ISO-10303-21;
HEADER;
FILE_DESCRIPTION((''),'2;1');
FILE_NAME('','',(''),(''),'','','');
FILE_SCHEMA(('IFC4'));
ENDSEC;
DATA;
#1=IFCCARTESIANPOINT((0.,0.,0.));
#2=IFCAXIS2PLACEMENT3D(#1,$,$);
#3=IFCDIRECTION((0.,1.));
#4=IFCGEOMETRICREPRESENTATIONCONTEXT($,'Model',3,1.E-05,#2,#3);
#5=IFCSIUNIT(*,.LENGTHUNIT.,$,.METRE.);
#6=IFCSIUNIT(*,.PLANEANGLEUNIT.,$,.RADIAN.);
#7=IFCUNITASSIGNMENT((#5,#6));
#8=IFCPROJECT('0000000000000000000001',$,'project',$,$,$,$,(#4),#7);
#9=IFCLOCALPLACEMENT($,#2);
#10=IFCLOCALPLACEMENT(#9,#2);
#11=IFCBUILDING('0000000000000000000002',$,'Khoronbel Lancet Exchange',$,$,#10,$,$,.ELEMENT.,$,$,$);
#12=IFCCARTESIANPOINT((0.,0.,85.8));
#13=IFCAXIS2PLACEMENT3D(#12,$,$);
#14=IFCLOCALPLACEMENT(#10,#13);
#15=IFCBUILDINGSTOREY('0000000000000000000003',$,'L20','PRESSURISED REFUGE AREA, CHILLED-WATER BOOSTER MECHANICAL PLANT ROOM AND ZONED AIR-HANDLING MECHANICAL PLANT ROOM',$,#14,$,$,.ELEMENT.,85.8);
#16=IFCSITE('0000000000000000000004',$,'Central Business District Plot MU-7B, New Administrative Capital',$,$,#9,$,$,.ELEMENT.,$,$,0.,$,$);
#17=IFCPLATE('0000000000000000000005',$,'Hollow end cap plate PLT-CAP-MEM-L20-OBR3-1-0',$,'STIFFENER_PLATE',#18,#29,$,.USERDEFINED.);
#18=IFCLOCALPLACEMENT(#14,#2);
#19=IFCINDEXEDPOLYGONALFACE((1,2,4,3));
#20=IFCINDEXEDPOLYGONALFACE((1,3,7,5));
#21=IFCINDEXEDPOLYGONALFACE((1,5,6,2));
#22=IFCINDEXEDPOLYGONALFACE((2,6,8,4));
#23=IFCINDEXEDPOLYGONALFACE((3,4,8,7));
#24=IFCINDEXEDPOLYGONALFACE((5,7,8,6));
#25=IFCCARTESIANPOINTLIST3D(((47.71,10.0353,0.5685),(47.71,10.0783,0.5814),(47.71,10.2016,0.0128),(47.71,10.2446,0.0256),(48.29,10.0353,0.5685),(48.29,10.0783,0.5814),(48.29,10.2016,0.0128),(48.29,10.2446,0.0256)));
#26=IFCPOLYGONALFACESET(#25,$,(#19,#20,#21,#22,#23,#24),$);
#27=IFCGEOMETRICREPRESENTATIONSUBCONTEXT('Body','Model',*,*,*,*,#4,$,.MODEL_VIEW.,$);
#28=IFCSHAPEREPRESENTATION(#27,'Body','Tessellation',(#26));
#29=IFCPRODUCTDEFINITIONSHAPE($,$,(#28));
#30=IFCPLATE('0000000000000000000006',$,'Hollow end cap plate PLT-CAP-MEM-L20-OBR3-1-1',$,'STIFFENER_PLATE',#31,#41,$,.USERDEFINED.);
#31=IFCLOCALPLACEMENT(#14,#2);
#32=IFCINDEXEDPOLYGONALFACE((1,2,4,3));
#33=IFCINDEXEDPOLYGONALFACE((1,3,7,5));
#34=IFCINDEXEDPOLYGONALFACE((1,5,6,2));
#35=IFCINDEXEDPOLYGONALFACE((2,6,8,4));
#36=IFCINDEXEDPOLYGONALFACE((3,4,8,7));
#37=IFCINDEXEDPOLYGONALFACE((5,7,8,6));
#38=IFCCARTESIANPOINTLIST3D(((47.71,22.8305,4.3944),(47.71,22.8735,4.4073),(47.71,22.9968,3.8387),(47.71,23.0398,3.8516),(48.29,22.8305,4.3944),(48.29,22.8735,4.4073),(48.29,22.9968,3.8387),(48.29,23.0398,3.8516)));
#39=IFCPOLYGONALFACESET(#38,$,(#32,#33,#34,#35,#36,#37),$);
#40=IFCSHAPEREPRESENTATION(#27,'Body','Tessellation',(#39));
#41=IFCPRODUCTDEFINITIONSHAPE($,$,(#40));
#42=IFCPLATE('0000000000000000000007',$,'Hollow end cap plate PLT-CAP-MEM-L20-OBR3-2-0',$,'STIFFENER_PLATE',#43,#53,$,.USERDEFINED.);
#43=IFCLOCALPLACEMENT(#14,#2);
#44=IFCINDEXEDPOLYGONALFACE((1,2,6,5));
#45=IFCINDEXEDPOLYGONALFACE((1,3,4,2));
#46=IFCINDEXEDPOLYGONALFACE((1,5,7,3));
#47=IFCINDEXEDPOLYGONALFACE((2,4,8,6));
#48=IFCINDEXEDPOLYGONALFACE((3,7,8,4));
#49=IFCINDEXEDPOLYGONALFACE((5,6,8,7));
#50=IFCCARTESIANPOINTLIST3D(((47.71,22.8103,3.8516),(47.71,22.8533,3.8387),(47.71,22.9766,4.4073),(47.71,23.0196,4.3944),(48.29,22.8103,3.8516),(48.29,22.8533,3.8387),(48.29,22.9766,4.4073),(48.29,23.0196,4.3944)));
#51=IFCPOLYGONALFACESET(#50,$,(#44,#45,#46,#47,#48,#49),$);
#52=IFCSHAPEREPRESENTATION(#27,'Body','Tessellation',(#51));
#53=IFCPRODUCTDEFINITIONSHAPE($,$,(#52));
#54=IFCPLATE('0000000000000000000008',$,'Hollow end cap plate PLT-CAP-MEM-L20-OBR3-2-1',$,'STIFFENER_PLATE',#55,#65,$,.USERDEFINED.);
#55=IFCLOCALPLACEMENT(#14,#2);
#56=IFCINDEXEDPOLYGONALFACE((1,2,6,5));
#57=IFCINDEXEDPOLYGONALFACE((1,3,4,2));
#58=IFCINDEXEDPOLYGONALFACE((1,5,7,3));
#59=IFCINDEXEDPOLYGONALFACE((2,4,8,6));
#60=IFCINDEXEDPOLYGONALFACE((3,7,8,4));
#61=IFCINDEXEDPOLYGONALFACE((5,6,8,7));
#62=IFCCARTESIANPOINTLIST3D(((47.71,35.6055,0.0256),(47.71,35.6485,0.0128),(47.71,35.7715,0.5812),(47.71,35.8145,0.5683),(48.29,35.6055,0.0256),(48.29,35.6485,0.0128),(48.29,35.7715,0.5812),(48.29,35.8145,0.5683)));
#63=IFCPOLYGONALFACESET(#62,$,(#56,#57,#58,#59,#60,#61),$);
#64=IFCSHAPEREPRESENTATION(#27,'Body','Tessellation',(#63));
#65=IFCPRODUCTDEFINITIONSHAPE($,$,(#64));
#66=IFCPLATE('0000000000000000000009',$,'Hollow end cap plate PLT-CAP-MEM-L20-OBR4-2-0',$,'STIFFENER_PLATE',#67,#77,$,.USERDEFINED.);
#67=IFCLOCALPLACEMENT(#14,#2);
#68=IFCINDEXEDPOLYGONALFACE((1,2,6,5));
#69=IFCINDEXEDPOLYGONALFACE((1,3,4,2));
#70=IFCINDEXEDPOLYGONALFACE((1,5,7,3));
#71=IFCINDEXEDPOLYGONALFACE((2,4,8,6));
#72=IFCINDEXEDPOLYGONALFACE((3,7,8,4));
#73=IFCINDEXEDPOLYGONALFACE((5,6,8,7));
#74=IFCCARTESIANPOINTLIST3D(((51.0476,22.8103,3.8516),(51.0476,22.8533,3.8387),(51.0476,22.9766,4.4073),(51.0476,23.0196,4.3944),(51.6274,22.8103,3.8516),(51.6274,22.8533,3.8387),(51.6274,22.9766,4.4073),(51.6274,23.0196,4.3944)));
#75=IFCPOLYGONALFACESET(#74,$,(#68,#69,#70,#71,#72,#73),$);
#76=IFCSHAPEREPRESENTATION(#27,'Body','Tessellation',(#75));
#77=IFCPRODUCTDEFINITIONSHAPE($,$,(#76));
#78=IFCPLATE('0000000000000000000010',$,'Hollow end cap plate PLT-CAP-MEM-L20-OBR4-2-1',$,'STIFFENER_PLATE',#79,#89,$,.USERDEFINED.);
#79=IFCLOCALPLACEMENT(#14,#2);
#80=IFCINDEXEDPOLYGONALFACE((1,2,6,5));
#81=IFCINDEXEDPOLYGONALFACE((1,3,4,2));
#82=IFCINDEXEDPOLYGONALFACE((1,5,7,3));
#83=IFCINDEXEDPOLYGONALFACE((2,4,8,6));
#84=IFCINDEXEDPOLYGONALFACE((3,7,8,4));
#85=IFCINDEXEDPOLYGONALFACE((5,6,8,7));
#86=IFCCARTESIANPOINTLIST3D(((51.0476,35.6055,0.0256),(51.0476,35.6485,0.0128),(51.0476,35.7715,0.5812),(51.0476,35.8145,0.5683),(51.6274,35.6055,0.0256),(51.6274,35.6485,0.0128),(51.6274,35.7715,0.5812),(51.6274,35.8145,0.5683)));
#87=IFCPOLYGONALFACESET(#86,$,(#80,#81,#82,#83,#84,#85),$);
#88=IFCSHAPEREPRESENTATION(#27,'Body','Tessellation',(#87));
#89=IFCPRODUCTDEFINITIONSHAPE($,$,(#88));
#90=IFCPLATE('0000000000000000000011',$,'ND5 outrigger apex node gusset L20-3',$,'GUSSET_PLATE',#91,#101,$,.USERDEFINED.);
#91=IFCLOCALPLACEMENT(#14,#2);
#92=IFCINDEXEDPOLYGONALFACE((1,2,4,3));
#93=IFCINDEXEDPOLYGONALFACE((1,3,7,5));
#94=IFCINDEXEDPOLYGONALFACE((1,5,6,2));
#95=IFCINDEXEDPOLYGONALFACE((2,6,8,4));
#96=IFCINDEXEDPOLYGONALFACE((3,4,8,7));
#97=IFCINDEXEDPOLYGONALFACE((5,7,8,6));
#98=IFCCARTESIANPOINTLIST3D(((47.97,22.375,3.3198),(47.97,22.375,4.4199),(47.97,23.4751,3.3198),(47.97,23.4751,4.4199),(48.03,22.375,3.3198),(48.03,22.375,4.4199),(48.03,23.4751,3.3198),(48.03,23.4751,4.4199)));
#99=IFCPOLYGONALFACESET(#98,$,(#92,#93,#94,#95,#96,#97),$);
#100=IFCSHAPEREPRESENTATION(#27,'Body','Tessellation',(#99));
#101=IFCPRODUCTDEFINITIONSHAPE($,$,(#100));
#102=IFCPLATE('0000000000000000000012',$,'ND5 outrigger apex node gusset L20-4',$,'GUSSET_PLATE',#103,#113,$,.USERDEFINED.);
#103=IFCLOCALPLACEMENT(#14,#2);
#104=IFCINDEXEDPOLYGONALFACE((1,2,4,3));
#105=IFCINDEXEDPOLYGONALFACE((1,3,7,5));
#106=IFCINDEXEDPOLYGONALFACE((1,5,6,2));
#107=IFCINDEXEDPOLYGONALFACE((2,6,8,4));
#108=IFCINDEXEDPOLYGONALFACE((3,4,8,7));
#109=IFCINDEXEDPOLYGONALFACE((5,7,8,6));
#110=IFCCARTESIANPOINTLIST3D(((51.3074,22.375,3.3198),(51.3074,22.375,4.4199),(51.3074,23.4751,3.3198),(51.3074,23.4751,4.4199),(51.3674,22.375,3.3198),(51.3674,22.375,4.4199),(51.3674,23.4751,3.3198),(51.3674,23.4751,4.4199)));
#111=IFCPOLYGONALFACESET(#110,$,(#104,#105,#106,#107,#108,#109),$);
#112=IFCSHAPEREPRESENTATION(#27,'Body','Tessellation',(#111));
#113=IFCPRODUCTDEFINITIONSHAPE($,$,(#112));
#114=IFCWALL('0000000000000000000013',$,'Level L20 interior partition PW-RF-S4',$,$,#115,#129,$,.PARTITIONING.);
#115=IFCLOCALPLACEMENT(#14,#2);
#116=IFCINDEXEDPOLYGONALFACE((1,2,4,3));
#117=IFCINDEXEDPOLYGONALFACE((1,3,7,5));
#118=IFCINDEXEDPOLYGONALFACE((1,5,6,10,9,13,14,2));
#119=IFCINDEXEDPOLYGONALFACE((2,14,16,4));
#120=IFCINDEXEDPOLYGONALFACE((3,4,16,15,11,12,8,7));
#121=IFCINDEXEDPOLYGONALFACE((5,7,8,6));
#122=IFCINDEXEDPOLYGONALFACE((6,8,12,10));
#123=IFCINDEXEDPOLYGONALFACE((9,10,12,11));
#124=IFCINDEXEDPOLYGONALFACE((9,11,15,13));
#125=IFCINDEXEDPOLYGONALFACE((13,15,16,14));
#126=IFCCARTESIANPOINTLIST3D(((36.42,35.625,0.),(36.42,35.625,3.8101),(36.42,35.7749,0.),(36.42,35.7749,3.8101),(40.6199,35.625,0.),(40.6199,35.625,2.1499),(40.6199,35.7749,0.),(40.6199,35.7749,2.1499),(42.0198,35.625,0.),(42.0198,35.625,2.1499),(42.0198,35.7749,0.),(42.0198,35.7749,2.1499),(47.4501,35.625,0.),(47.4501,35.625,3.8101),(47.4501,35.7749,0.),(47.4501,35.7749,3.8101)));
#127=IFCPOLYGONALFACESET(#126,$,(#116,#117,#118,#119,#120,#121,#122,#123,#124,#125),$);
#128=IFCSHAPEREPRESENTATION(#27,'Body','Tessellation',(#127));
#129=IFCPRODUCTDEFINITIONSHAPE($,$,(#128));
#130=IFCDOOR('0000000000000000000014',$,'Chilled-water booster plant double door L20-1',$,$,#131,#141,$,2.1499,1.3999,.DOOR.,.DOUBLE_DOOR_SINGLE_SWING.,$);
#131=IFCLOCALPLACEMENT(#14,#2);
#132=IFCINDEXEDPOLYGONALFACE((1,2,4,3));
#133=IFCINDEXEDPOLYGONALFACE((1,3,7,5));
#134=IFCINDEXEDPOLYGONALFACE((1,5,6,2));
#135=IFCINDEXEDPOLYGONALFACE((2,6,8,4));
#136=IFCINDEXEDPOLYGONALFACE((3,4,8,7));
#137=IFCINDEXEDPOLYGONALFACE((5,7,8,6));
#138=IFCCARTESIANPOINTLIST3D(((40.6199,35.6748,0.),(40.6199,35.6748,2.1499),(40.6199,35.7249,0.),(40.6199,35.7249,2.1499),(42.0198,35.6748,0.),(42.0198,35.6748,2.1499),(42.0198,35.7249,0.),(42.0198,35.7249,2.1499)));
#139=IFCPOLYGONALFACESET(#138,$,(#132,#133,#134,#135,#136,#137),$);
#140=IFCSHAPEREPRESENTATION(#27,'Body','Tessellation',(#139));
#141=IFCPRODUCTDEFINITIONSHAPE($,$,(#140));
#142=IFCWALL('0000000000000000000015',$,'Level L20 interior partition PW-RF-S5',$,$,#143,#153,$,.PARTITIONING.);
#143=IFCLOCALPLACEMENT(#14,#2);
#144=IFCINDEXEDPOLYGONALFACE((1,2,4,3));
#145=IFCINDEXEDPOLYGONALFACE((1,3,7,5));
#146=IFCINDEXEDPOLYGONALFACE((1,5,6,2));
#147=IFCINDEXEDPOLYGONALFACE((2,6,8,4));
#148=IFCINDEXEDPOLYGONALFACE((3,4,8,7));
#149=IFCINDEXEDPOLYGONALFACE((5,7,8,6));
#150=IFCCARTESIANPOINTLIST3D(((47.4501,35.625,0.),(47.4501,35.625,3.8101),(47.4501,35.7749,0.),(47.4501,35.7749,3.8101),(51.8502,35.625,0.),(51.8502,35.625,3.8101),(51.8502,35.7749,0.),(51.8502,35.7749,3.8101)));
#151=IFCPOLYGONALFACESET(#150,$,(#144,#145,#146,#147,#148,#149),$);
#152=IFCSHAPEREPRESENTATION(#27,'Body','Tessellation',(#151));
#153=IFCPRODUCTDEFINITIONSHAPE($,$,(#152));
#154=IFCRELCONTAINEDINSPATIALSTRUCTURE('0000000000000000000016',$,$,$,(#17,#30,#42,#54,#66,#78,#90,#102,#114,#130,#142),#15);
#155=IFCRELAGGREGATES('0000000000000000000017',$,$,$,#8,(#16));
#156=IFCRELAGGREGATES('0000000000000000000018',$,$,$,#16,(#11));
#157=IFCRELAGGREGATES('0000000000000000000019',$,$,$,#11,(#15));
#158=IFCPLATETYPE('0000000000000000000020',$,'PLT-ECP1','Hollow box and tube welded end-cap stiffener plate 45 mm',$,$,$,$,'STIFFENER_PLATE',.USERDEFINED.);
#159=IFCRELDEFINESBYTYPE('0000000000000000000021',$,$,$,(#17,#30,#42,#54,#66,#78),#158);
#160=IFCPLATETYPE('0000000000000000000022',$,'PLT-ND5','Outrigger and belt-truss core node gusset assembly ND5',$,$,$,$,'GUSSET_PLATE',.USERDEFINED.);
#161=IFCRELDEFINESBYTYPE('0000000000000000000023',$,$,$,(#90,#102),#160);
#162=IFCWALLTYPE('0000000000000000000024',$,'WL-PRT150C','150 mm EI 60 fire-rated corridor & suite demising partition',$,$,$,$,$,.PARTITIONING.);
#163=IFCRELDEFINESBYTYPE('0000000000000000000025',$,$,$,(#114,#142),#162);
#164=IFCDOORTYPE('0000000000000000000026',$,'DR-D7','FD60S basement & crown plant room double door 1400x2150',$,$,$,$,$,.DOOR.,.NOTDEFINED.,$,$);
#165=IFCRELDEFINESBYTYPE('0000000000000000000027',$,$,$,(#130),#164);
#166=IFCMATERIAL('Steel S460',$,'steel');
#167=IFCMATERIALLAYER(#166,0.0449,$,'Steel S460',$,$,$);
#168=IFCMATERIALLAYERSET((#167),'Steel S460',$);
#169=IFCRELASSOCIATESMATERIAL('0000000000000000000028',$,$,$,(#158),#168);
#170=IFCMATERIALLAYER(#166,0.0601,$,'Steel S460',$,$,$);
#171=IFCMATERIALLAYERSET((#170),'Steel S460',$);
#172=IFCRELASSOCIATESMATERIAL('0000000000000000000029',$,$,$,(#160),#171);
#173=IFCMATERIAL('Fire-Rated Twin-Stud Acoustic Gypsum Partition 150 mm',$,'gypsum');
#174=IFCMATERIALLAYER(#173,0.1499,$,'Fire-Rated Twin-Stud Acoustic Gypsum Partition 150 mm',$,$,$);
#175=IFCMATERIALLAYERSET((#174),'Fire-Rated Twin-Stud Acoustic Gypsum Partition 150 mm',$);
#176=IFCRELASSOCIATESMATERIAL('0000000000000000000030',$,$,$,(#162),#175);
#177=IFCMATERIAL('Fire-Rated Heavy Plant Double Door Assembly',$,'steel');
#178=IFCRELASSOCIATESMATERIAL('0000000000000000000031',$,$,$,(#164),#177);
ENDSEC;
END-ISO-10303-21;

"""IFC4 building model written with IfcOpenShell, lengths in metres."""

from ifc_helpers import new_model, si_unit, direction, frame, frame_2d, origin, origin_2d, place, context, subcontext, project, spatial, polyline, rectangle, outline, extrude, material, layer, layer_set, type_object, element, fill, save


model = new_model("IFC4")

# Units and contexts
model_context = context("Model", 3, precision=1e-05, world=origin(), true_north=direction((0.0, 1.0)))
body_context = subcontext(model_context, "Body", "Model", "MODEL_VIEW")
ifc_project = project(units=[si_unit("LENGTHUNIT", "METRE"), si_unit("PLANEANGLEUNIT", "RADIAN")], contexts=[model_context])

# Site, building, storey
site_placement = place(None, origin())
site = spatial("IfcSite", under=ifc_project, at=site_placement, Name="Central Business District Plot MU-7B, New Administrative Capital", CompositionType="ELEMENT", RefElevation=0.0)
building_placement = place(site_placement, origin())
building = spatial("IfcBuilding", under=site, at=building_placement, Name="Khoronbel Lancet Exchange", CompositionType="ELEMENT")
storey_placement = place(building_placement, frame((0.0, 0.0, 85.8)))
storey = spatial("IfcBuildingStorey", under=building, at=storey_placement, Name="L20", Description="PRESSURISED REFUGE AREA, CHILLED-WATER BOOSTER MECHANICAL PLANT ROOM AND ZONED AIR-HANDLING MECHANICAL PLANT ROOM", CompositionType="ELEMENT", Elevation=85.8)

# Shared definitions
ifc_material_1 = material(Name="Steel S460", Category="steel")

# Plates
ifc_layer_1 = layer(ifc_material_1, 0.0449, Name="Steel S460")
ifc_layer_set_1 = layer_set([ifc_layer_1], Name="Steel S460")
plate_type_1 = type_object("IfcPlateType", Name="PLT-ECP1", Description="Hollow box and tube welded end-cap stiffener plate 45 mm", ElementType="STIFFENER_PLATE", PredefinedType="USERDEFINED", material=ifc_layer_set_1)
for number, where, z_axis, x_axis, name in (
    (1, (48.29, 10.2446, 0.0256), (0.0, 0.958035, 0.286653), (-1.0, 0.0, 0.0), "Hollow end cap plate PLT-CAP-MEM-L20-OBR3-1-0"),
    (2, (48.29, 23.0398, 3.8516), (0.0, 0.958035, 0.286653), (-1.0, 0.0, 0.0), "Hollow end cap plate PLT-CAP-MEM-L20-OBR3-1-1"),
    (3, (47.71, 22.8103, 3.8516), (0.0, -0.958035, 0.286653), (1.0, 0.0, 0.0), "Hollow end cap plate PLT-CAP-MEM-L20-OBR3-2-0"),
):
    element("IfcPlate", number, at=place(storey_placement, frame(where, z_axis=z_axis, x_axis=x_axis)), inside=storey, type_object=plate_type_1, Name=name, ObjectType="STIFFENER_PLATE", PredefinedType="USERDEFINED", context=body_context, shape_type="SweptSolid", body=[
        extrude(outline(polyline([(0.0, 0.0), (0.5801, 0.0), (0.5801, 0.5801), (0.0, 0.5801), (0.0, 0.0)])), origin(), (0.0, 0.0, -1.0), 0.0449),
    ])
plate_1_placement = place(storey_placement, frame((47.71, 35.6055, 0.0256), z_axis=(0.0, -0.95815, 0.286266), x_axis=(1.0, 0.0, 0.0)))
element("IfcPlate", 4, at=plate_1_placement, inside=storey, type_object=plate_type_1, Name="Hollow end cap plate PLT-CAP-MEM-L20-OBR3-2-1", ObjectType="STIFFENER_PLATE", PredefinedType="USERDEFINED", context=body_context, shape_type="SweptSolid", body=[
    extrude(outline(polyline([(0.0, 0.0), (0.5801, 0.0), (0.5801, 0.5798), (0.0, 0.5798), (0.0, 0.0)])), origin(), (0.0, 0.0, -1.0), 0.0449),
])
plate_2_placement = place(storey_placement, frame((51.0476, 22.8103, 3.8516), z_axis=(0.0, -0.958035, 0.286653), x_axis=(1.0, 0.0, 0.0)))
element("IfcPlate", 5, at=plate_2_placement, inside=storey, type_object=plate_type_1, Name="Hollow end cap plate PLT-CAP-MEM-L20-OBR4-2-0", ObjectType="STIFFENER_PLATE", PredefinedType="USERDEFINED", context=body_context, shape_type="SweptSolid", body=[
    extrude(outline(polyline([(0.0, 0.0), (0.5798, 0.0), (0.5798, 0.5801), (0.0, 0.5801), (0.0, 0.0)])), origin(), (0.0, 0.0, -1.0), 0.0449),
])
plate_3_placement = place(storey_placement, frame((51.0476, 35.6055, 0.0256), z_axis=(0.0, -0.95815, 0.286266), x_axis=(1.0, 0.0, 0.0)))
element("IfcPlate", 6, at=plate_3_placement, inside=storey, type_object=plate_type_1, Name="Hollow end cap plate PLT-CAP-MEM-L20-OBR4-2-1", ObjectType="STIFFENER_PLATE", PredefinedType="USERDEFINED", context=body_context, shape_type="SweptSolid", body=[
    extrude(outline(polyline([(0.0, 0.0), (0.5798, 0.0), (0.5798, 0.5798), (0.0, 0.5798), (0.0, 0.0)])), origin(), (0.0, 0.0, -1.0), 0.0449),
])
ifc_layer_2 = layer(ifc_material_1, 0.0601, Name="Steel S460")
ifc_layer_set_2 = layer_set([ifc_layer_2], Name="Steel S460")
plate_type_2 = type_object("IfcPlateType", Name="PLT-ND5", Description="Outrigger and belt-truss core node gusset assembly ND5", ElementType="GUSSET_PLATE", PredefinedType="USERDEFINED", material=ifc_layer_set_2)
for number, where, z_axis, x_axis, name in (
    (7, (48.0, 22.925, 3.3198), (0.0, 0.0, 1.0), (1.0, 0.0, 0.0), "ND5 outrigger apex node gusset L20-3"),
    (8, (51.3374, 22.925, 3.3198), (0.0, 0.0, 1.0), (1.0, 0.0, 0.0), "ND5 outrigger apex node gusset L20-4"),
):
    element("IfcPlate", number, at=place(storey_placement, frame(where, z_axis=z_axis, x_axis=x_axis)), inside=storey, type_object=plate_type_2, Name=name, ObjectType="GUSSET_PLATE", PredefinedType="USERDEFINED", context=body_context, shape_type="SweptSolid", body=[
        extrude(rectangle(XDim=0.0601, YDim=1.1001, at=origin_2d()), origin(), (0.0, 0.0, 1.0), 1.1001),
    ])

# Wall, opening, door
ifc_material_2 = material(Name="Fire-Rated Twin-Stud Acoustic Gypsum Partition 150 mm", Category="gypsum")
ifc_layer_3 = layer(ifc_material_2, 0.1499, Name="Fire-Rated Twin-Stud Acoustic Gypsum Partition 150 mm")
ifc_layer_set_3 = layer_set([ifc_layer_3], Name="Fire-Rated Twin-Stud Acoustic Gypsum Partition 150 mm")
wall_type = type_object("IfcWallType", Name="WL-PRT150C", Description="150 mm EI 60 fire-rated corridor & suite demising partition", PredefinedType="PARTITIONING", material=ifc_layer_set_3)
wall_1_placement = place(storey_placement, frame((36.4199, 35.7, 0.0), z_axis=(0.0, 0.0, 1.0), x_axis=(1.0, 0.0, 0.0)))
wall_1 = element("IfcWall", 9, at=wall_1_placement, inside=storey, type_object=wall_type, Name="Level L20 interior partition PW-RF-S4", PredefinedType="PARTITIONING", context=body_context, shape_type="SweptSolid", body=[
    extrude(rectangle(XDim=11.03, YDim=0.1499, at=frame_2d((5.5151, 0.0))), origin(), (0.0, 0.0, 1.0), 3.8101),
])
opening_placement = place(wall_1_placement, frame((4.2, 0.0, 0.0)))
opening = element("IfcOpeningElement", 10, at=opening_placement, cuts=wall_1, PredefinedType="OPENING", context=body_context, shape_type="SweptSolid", body=[
    extrude(rectangle(XDim=1.3999, YDim=2.1499, at=frame_2d((0.7, 1.075))), frame((0.0, 0.085, 0.0), z_axis=(0.0, -1.0, 0.0), x_axis=(1.0, 0.0, 0.0)), (0.0, 0.0, 1.0), 0.1699),
])
ifc_material_3 = material(Name="Fire-Rated Heavy Plant Double Door Assembly", Category="steel")
door_type = type_object("IfcDoorType", Name="DR-D7", Description="FD60S basement & crown plant room double door 1400x2150", OperationType="NOTDEFINED", PredefinedType="DOOR", material=ifc_material_3)
door_placement = place(opening_placement, origin())
door = element("IfcDoor", 11, at=door_placement, inside=storey, type_object=door_type, Name="Chilled-water booster plant double door L20-1", OperationType="DOUBLE_DOOR_SINGLE_SWING", OverallHeight=2.1499, OverallWidth=1.3999, PredefinedType="DOOR", context=body_context, shape_type="SweptSolid", body=[
    extrude(rectangle(XDim=1.3999, YDim=2.1499, at=frame_2d((0.7, 1.075))), frame((0.0, 0.0249, 0.0), z_axis=(0.0, -1.0, 0.0), x_axis=(1.0, 0.0, 0.0)), (0.0, 0.0, 1.0), 0.05),
])
fill(opening, door)

# Wall
wall_2_placement = place(storey_placement, frame((47.45, 35.7, 0.0), z_axis=(0.0, 0.0, 1.0), x_axis=(1.0, 0.0, 0.0)))
element("IfcWall", 12, at=wall_2_placement, inside=storey, type_object=wall_type, Name="Level L20 interior partition PW-RF-S5", PredefinedType="PARTITIONING", context=body_context, shape_type="SweptSolid", body=[
    extrude(rectangle(XDim=4.4001, YDim=0.1499, at=frame_2d((2.2002, 0.0))), origin(), (0.0, 0.0, 1.0), 3.8101),
])

save(model, "model.ifc")
